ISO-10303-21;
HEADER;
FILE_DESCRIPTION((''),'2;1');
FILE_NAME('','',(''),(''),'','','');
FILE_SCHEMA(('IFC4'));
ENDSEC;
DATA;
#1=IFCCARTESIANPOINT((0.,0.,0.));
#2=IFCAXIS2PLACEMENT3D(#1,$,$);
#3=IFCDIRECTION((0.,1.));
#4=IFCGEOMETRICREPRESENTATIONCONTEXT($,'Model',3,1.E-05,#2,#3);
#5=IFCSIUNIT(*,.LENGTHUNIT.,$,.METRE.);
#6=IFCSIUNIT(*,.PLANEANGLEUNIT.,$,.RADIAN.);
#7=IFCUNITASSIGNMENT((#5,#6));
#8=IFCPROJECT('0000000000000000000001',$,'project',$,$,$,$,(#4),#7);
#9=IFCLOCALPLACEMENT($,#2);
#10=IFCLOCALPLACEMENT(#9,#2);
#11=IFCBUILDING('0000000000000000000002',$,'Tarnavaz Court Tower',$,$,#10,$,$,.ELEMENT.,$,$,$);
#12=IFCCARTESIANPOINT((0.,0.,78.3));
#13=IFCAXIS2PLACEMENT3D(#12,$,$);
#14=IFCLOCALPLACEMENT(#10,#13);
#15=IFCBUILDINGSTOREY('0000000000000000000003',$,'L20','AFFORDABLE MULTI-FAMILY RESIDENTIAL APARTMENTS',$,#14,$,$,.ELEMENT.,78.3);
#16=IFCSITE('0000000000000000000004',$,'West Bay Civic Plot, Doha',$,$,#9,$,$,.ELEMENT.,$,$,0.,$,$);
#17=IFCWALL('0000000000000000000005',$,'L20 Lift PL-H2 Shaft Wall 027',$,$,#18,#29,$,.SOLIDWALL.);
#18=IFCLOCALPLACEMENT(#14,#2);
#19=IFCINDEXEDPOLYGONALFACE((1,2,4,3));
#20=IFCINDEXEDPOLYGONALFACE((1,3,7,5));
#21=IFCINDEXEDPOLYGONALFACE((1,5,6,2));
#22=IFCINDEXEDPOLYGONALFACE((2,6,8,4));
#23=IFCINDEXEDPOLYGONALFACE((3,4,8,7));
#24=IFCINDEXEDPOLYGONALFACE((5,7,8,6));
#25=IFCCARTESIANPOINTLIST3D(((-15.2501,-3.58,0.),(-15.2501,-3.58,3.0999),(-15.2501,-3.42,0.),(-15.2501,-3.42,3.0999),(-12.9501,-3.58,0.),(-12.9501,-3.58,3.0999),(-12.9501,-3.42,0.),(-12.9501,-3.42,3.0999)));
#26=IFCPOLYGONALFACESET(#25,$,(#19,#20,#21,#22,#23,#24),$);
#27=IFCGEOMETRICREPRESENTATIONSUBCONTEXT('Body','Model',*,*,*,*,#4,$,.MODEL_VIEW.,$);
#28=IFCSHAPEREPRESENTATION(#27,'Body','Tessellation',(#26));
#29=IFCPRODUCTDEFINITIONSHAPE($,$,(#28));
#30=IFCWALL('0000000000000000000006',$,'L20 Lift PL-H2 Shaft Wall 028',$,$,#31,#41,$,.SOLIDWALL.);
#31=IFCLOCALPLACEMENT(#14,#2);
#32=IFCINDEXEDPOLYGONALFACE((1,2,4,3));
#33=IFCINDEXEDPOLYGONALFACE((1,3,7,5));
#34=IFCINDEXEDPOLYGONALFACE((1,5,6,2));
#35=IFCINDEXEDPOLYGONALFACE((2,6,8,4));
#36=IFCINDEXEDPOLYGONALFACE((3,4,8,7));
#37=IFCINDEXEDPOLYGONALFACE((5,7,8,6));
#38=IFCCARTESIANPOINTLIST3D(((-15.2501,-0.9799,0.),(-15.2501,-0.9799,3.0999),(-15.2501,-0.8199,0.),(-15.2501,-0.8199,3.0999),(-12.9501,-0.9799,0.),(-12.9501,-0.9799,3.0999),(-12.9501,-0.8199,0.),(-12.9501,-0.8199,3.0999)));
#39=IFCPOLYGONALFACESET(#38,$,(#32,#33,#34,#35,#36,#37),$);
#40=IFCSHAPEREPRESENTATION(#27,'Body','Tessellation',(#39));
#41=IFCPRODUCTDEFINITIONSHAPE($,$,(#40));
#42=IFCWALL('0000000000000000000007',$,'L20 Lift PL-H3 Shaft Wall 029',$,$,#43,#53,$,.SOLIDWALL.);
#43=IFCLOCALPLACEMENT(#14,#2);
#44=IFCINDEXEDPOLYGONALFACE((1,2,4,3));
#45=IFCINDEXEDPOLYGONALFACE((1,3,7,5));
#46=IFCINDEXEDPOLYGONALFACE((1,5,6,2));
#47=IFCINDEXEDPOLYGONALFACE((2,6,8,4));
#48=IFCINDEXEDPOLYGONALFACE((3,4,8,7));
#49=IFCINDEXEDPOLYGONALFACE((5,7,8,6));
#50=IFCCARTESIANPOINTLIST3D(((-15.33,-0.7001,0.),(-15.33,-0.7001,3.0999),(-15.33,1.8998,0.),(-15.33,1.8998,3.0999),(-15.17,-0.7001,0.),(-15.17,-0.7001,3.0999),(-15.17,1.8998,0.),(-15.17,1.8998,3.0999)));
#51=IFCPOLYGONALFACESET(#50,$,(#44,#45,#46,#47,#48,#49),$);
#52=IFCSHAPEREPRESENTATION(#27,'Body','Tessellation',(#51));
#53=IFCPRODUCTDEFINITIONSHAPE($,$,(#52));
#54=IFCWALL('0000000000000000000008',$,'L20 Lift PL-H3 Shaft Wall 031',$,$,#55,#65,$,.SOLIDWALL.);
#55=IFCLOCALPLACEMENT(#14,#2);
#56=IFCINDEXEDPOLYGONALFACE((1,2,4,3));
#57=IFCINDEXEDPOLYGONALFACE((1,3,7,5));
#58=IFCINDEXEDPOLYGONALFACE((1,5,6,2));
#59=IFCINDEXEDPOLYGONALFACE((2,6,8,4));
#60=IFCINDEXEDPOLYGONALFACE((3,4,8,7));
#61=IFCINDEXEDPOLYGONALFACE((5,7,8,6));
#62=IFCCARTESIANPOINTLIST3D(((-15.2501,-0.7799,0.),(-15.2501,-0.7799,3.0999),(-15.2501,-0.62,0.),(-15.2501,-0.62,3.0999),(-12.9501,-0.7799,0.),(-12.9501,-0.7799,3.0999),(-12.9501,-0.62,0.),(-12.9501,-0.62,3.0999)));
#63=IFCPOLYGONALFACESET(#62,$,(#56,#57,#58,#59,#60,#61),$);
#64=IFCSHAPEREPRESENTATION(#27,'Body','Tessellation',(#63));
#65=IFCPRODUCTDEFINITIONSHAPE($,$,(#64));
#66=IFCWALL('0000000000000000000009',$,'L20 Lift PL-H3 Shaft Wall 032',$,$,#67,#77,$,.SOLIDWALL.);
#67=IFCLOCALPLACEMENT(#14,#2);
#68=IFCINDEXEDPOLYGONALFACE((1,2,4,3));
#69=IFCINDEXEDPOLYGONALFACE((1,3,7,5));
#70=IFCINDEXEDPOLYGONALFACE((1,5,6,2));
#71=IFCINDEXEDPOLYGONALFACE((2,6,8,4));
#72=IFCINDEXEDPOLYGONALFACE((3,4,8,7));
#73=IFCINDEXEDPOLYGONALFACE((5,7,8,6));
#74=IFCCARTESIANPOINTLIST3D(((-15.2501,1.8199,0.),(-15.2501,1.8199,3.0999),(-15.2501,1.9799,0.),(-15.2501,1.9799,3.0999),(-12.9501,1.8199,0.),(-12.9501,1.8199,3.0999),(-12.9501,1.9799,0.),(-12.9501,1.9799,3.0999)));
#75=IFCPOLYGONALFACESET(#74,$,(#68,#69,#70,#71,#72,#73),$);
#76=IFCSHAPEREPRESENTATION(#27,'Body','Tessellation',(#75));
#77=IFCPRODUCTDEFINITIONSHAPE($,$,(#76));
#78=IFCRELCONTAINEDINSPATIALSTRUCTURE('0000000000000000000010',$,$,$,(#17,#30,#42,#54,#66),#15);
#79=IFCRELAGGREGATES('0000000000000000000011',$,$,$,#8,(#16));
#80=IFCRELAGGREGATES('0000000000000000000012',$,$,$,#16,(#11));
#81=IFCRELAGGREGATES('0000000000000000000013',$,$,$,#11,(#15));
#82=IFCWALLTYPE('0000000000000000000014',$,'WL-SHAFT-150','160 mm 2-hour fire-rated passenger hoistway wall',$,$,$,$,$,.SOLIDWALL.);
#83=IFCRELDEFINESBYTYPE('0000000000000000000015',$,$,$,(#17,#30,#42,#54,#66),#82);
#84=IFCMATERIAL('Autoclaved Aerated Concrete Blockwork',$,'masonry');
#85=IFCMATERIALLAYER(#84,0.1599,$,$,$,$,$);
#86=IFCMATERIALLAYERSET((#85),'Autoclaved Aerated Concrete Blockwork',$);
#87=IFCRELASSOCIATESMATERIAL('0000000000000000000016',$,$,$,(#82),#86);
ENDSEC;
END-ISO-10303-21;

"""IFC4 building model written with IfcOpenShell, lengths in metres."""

from ifc_helpers import new_model, si_unit, direction, frame, frame_2d, origin, place, context, subcontext, project, spatial, rectangle, extrude, material, layer, layer_set, type_object, element, save


model = new_model("IFC4")

# Units and contexts
model_context = context("Model", 3, precision=1e-05, world=origin(), true_north=direction((0.0, 1.0)))
body_context = subcontext(model_context, "Body", "Model", "MODEL_VIEW")
ifc_project = project(units=[si_unit("LENGTHUNIT", "METRE"), si_unit("PLANEANGLEUNIT", "RADIAN")], contexts=[model_context])

# Site, building, storey
site_placement = place(None, origin())
site = spatial("IfcSite", under=ifc_project, at=site_placement, Name="West Bay Civic Plot, Doha", CompositionType="ELEMENT", RefElevation=0.0)
building_placement = place(site_placement, origin())
building = spatial("IfcBuilding", under=site, at=building_placement, Name="Tarnavaz Court Tower", CompositionType="ELEMENT")
storey_placement = place(building_placement, frame((0.0, 0.0, 78.3)))
storey = spatial("IfcBuildingStorey", under=building, at=storey_placement, Name="L20", Description="AFFORDABLE MULTI-FAMILY RESIDENTIAL APARTMENTS", CompositionType="ELEMENT", Elevation=78.3)

# Walls
ifc_material_1 = material(Name="Autoclaved Aerated Concrete Blockwork", Category="masonry")
ifc_layer_1 = layer(ifc_material_1, 0.1599)
ifc_layer_set_1 = layer_set([ifc_layer_1], Name="Autoclaved Aerated Concrete Blockwork")
wall_type_1 = type_object("IfcWallType", Name="WL-SHAFT-150", Description="160 mm 2-hour fire-rated passenger hoistway wall", PredefinedType="SOLIDWALL", material=ifc_layer_set_1)
for number, where, z_axis, x_axis, name in (
    (1, (-15.25, -3.5, 0.0), (0.0, 0.0, 1.0), (1.0, 0.0, 0.0), "L20 Lift PL-H2 Shaft Wall 027"),
    (2, (-15.25, -0.8999, 0.0), (0.0, 0.0, 1.0), (1.0, 0.0, 0.0), "L20 Lift PL-H2 Shaft Wall 028"),
):
    element("IfcWall", number, at=place(storey_placement, frame(where, z_axis=z_axis, x_axis=x_axis)), inside=storey, type_object=wall_type_1, Name=name, PredefinedType="SOLIDWALL", context=body_context, shape_type="SweptSolid", body=[
        extrude(rectangle(XDim=2.3, YDim=0.1599, at=frame_2d((1.1499, 0.0))), origin(), (0.0, 0.0, 1.0), 3.0999),
    ])
wall_1_placement = place(storey_placement, frame((-15.25, -0.7, 0.0), z_axis=(0.0, 0.0, 1.0), x_axis=(0.0, 1.0, 0.0)))
element("IfcWall", 3, at=wall_1_placement, inside=storey, type_object=wall_type_1, Name="L20 Lift PL-H3 Shaft Wall 029", PredefinedType="SOLIDWALL", context=body_context, shape_type="SweptSolid", body=[
    extrude(rectangle(XDim=2.5999, YDim=0.1599, at=frame_2d((1.2998, 0.0))), origin(), (0.0, 0.0, 1.0), 3.0999),
])
for number, where, z_axis, x_axis, name in (
    (4, (-15.25, -0.7, 0.0), (0.0, 0.0, 1.0), (1.0, 0.0, 0.0), "L20 Lift PL-H3 Shaft Wall 031"),
    (5, (-15.25, 1.8999, 0.0), (0.0, 0.0, 1.0), (1.0, 0.0, 0.0), "L20 Lift PL-H3 Shaft Wall 032"),
):
    element("IfcWall", number, at=place(storey_placement, frame(where, z_axis=z_axis, x_axis=x_axis)), inside=storey, type_object=wall_type_1, Name=name, PredefinedType="SOLIDWALL", context=body_context, shape_type="SweptSolid", body=[
        extrude(rectangle(XDim=2.3, YDim=0.1599, at=frame_2d((1.1499, 0.0))), origin(), (0.0, 0.0, 1.0), 3.0999),
    ])

save(model, "model.ifc")
